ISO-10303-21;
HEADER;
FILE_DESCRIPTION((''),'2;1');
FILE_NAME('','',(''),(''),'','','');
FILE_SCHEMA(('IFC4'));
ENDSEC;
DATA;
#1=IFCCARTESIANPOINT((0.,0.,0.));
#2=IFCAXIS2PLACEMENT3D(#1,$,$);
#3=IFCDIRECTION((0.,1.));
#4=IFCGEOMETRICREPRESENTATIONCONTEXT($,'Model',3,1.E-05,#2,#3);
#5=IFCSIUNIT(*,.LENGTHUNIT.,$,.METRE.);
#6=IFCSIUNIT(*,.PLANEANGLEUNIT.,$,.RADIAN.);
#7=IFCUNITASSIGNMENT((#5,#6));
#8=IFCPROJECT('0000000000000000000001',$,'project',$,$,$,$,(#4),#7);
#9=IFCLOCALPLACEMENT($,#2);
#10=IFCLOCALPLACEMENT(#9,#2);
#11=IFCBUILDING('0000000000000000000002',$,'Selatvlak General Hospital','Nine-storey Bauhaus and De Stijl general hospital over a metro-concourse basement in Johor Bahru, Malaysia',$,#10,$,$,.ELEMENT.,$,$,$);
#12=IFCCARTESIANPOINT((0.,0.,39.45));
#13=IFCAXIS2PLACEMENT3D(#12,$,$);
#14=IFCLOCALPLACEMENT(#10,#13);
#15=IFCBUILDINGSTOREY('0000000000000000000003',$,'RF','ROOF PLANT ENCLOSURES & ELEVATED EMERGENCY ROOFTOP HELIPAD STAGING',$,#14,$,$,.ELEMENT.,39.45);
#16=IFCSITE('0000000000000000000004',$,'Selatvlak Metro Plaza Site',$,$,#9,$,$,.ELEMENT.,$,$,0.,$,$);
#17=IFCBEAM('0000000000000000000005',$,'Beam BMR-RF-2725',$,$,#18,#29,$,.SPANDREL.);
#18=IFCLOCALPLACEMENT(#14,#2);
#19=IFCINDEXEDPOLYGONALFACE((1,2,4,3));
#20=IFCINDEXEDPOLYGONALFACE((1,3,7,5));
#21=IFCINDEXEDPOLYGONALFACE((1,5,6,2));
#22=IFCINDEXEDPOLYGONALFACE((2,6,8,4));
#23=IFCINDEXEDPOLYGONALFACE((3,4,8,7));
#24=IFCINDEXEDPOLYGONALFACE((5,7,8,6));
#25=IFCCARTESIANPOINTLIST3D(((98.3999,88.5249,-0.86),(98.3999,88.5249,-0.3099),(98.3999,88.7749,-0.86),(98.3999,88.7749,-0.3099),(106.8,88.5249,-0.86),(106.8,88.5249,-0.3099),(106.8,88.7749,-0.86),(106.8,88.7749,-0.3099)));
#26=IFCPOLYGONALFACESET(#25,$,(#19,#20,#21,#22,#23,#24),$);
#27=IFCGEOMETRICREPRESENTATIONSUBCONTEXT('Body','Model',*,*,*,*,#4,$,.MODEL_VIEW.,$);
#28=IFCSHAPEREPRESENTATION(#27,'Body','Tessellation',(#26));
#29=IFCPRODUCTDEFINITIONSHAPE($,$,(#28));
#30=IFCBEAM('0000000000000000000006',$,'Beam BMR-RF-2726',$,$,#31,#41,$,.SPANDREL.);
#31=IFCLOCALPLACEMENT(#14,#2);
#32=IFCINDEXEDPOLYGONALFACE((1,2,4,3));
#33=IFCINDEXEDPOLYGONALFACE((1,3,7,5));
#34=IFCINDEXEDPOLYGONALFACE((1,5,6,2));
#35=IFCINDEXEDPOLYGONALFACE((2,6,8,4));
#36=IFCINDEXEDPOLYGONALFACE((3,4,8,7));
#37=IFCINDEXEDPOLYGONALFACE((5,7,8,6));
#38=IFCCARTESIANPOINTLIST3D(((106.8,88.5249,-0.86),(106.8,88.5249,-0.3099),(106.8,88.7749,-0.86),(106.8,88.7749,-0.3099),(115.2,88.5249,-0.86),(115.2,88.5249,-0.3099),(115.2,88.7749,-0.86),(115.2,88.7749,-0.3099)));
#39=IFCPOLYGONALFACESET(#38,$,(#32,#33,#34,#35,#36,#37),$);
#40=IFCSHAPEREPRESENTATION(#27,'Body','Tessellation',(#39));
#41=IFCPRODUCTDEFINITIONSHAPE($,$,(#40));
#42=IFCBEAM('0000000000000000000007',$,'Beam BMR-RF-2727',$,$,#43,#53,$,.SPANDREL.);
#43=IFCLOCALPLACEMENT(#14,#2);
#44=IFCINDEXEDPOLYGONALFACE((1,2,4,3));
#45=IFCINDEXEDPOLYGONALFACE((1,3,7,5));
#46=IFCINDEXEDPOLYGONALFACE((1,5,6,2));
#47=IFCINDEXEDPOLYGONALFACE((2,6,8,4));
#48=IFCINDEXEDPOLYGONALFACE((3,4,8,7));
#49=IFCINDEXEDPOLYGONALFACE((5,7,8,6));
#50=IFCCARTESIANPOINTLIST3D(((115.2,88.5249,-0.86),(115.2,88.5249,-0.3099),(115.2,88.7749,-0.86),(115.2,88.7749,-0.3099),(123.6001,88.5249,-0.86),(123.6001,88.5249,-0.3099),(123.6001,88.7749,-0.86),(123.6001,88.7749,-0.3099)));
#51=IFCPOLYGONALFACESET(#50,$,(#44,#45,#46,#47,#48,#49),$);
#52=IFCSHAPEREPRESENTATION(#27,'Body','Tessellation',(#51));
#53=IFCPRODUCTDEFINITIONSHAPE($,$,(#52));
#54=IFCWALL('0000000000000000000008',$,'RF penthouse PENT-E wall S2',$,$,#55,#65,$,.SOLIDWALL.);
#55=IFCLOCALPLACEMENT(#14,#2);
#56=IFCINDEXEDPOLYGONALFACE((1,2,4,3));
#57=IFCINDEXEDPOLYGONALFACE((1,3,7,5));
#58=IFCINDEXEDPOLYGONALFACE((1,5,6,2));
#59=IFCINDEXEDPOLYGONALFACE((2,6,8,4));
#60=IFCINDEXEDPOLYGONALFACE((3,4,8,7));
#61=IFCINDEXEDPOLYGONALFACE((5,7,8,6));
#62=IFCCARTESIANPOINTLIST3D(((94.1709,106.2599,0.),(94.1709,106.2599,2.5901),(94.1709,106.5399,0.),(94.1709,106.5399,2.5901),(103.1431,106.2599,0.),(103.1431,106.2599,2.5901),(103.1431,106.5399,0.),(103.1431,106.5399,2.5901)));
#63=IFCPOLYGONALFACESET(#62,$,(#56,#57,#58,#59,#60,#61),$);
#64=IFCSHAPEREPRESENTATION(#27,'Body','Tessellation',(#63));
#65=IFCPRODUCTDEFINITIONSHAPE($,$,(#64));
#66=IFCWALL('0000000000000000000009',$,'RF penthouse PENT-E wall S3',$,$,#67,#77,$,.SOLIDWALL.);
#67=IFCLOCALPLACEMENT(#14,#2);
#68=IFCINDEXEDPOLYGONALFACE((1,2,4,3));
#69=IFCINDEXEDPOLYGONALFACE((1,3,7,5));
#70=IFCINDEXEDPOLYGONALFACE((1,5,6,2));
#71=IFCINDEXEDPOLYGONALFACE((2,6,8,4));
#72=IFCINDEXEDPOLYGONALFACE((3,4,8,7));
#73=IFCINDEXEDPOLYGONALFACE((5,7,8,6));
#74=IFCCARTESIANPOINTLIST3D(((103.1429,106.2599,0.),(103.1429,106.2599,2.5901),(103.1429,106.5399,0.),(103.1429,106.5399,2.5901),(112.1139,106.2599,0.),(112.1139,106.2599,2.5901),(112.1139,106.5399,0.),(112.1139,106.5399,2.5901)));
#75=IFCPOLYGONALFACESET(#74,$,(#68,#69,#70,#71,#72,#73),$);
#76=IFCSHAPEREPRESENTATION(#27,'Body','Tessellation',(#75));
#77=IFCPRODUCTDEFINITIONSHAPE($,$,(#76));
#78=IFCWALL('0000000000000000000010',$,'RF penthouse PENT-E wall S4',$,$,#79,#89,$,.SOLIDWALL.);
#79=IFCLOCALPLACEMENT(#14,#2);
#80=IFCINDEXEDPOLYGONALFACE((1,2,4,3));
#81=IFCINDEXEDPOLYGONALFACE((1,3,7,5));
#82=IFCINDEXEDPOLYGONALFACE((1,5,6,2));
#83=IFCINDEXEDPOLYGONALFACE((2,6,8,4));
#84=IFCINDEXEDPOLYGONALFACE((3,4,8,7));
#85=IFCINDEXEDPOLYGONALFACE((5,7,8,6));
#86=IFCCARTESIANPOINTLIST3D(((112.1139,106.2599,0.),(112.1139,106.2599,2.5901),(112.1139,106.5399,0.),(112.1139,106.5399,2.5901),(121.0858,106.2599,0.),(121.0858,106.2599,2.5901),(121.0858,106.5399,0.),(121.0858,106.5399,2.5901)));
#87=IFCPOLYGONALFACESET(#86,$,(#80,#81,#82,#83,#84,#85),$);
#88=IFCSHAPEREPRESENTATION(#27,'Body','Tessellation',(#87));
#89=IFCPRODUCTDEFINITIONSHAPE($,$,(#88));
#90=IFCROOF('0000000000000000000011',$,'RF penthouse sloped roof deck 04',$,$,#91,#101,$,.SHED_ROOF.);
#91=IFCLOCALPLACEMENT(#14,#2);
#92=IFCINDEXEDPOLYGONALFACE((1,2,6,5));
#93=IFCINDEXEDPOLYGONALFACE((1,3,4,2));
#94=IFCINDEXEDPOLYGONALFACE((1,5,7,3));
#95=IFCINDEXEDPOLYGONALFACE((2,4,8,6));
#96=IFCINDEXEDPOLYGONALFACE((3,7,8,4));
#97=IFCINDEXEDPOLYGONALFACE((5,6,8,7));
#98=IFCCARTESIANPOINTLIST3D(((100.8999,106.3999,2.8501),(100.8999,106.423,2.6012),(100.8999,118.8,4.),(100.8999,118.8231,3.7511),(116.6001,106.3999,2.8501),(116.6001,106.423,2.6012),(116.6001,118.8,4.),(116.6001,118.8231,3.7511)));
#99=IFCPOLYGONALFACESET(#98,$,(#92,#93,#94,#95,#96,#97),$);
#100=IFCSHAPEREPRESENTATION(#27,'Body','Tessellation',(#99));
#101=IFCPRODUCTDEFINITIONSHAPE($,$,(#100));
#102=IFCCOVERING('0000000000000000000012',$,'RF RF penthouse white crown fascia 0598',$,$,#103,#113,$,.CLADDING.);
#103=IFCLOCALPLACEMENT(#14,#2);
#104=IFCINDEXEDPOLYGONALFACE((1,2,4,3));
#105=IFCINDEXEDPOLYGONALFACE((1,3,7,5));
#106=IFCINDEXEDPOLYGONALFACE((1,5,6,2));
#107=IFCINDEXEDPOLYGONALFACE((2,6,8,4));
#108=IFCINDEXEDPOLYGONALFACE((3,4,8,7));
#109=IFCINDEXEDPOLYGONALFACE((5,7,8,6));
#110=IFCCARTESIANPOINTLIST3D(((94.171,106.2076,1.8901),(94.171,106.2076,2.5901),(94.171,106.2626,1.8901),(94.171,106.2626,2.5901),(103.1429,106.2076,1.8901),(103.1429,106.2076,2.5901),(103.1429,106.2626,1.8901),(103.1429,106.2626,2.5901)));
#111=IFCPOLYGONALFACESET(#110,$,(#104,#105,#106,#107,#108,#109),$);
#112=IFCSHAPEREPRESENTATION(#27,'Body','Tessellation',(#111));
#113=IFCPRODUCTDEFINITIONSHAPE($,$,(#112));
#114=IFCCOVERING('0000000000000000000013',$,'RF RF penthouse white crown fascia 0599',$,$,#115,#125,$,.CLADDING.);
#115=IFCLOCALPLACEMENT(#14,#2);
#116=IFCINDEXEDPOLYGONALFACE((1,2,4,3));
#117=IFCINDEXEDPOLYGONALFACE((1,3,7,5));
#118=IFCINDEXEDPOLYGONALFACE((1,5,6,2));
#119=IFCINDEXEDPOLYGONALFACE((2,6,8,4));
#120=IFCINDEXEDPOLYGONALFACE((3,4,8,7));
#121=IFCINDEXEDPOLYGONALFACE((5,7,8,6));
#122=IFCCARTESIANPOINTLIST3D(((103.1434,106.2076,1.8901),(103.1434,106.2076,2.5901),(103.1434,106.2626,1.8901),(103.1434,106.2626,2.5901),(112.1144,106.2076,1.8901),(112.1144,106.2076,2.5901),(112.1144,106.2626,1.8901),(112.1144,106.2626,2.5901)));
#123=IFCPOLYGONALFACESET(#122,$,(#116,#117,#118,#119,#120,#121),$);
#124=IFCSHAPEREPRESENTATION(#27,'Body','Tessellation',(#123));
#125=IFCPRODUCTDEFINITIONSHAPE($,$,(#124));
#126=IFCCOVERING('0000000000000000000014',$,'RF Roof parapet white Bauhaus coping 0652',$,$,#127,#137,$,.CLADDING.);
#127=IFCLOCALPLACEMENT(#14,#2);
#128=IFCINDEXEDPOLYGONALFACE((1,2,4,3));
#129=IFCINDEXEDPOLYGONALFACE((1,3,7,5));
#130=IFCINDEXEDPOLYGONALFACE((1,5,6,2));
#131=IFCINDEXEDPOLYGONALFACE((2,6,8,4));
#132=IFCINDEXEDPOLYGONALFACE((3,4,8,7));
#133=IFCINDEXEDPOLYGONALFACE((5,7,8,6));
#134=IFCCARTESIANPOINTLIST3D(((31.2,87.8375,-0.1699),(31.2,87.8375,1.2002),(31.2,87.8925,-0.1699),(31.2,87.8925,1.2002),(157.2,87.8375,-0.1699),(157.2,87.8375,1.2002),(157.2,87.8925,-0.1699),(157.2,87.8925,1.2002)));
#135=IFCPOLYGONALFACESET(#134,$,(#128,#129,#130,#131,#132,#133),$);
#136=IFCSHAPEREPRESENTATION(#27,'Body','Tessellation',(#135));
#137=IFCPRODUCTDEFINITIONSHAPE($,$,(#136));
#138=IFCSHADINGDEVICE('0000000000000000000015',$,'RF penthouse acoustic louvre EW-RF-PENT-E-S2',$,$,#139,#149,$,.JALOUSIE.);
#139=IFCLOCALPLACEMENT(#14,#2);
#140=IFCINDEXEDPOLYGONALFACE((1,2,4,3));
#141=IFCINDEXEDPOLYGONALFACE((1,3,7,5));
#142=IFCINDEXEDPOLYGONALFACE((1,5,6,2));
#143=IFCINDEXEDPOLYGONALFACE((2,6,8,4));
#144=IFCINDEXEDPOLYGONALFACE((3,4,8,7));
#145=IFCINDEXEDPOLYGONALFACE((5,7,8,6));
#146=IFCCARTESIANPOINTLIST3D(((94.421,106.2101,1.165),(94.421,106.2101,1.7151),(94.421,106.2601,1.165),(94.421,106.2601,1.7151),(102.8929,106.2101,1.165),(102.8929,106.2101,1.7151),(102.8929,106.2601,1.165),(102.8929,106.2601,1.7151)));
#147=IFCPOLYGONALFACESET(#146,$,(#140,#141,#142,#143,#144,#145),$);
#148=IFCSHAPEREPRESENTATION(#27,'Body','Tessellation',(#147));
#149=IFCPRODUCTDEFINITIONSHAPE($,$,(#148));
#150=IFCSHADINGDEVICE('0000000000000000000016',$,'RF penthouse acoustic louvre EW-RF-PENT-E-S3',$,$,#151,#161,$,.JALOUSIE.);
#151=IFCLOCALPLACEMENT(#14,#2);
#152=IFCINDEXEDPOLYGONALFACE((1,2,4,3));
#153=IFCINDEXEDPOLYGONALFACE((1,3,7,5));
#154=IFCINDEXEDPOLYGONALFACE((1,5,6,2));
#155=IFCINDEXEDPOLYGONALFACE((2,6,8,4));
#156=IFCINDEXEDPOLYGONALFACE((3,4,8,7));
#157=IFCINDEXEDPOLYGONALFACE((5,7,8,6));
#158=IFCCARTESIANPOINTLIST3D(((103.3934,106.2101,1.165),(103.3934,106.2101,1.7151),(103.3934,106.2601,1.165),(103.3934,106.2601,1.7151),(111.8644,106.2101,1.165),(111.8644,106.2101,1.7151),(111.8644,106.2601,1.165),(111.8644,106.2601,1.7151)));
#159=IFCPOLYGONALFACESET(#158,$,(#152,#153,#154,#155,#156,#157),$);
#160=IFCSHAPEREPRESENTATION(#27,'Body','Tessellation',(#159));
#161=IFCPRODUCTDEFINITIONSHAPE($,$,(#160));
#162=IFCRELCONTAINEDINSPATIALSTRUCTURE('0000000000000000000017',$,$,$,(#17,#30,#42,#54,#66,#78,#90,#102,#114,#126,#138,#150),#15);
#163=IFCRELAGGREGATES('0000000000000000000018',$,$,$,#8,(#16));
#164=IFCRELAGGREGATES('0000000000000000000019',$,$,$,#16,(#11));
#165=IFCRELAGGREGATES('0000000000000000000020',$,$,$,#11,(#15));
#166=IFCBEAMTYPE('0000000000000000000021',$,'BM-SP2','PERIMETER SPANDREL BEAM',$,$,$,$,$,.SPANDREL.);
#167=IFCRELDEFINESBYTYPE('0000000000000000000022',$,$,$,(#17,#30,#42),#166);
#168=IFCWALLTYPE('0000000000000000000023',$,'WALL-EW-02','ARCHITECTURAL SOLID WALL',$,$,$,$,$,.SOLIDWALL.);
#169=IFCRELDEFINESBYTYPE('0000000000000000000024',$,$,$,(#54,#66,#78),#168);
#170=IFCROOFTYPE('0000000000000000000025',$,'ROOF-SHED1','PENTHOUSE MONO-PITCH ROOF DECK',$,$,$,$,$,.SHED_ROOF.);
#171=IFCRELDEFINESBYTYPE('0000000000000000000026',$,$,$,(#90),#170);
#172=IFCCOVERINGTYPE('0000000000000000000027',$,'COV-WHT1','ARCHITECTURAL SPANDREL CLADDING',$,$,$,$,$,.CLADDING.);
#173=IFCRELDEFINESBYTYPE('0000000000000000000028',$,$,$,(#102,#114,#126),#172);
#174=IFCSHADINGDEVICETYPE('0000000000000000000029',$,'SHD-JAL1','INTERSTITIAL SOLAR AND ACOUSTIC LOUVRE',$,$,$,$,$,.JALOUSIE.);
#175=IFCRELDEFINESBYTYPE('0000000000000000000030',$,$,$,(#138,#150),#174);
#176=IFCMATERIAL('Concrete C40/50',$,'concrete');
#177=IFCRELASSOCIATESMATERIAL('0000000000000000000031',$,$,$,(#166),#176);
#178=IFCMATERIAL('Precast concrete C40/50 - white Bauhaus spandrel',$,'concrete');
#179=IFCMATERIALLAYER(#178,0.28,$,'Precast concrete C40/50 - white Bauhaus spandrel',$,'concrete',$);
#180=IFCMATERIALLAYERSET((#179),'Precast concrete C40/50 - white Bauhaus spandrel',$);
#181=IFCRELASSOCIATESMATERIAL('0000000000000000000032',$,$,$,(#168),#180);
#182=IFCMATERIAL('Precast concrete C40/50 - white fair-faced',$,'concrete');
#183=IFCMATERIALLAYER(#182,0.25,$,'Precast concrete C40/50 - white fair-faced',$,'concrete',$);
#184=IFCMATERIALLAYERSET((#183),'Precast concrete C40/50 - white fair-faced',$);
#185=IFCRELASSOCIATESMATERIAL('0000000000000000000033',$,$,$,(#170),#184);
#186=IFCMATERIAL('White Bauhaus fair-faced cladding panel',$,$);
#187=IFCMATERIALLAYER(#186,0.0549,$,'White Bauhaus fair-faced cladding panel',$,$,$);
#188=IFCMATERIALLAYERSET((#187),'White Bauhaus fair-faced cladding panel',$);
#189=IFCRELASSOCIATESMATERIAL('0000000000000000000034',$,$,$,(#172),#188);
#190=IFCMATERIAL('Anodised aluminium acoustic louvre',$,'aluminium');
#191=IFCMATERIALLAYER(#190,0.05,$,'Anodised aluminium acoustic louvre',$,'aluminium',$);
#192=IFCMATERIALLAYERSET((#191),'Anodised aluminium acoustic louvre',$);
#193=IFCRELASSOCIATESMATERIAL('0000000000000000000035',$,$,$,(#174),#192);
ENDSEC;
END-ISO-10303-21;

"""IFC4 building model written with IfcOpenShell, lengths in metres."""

from ifc_helpers import new_model, si_unit, direction, frame, frame_2d, origin, origin_2d, place, context, subcontext, project, spatial, polyline, rectangle, outline, extrude, material, layer, layer_set, material_profile, profile_set, type_object, element, save


model = new_model("IFC4")

# Units and contexts
model_context = context("Model", 3, precision=1e-05, world=origin(), true_north=direction((0.0, 1.0)))
body_context = subcontext(model_context, "Body", "Model", "MODEL_VIEW")
ifc_project = project(units=[si_unit("LENGTHUNIT", "METRE"), si_unit("PLANEANGLEUNIT", "RADIAN")], contexts=[model_context])

# Site, building, storey
site_placement = place(None, origin())
site = spatial("IfcSite", under=ifc_project, at=site_placement, Name="Selatvlak Metro Plaza Site", CompositionType="ELEMENT", RefElevation=0.0)
building_placement = place(site_placement, origin())
building = spatial("IfcBuilding", under=site, at=building_placement, Name="Selatvlak General Hospital", Description="Nine-storey Bauhaus and De Stijl general hospital over a metro-concourse basement in Johor Bahru, Malaysia", CompositionType="ELEMENT")
storey_placement = place(building_placement, frame((0.0, 0.0, 39.45)))
storey = spatial("IfcBuildingStorey", under=building, at=storey_placement, Name="RF", Description="ROOF PLANT ENCLOSURES & ELEVATED EMERGENCY ROOFTOP HELIPAD STAGING", CompositionType="ELEMENT", Elevation=39.45)

# Beams
ifc_material_1 = material(Name="Concrete C40/50", Category="concrete")
ifc_material_profile_1 = material_profile(ifc_material_1, rectangle(XDim=0.25, YDim=0.55, at=origin_2d()), Name="RC-SP 250x550")
ifc_profile_set_1 = profile_set([ifc_material_profile_1], Name="Concrete C40/50")
beam_type_1 = type_object("IfcBeamType", Name="BM-SP2", Description="PERIMETER SPANDREL BEAM", PredefinedType="SPANDREL", material=ifc_profile_set_1)
beam_1_placement = place(storey_placement, frame((98.3999, 88.6499, -0.585), z_axis=(1.0, 0.0, 0.0), x_axis=(0.0, 1.0, 0.0)))
element("IfcBeam", 1, at=beam_1_placement, inside=storey, type_object=beam_type_1, Name="Beam BMR-RF-2725", PredefinedType="SPANDREL", context=body_context, shape_type="SweptSolid", body=[
    extrude(rectangle(XDim=0.25, YDim=0.55, at=origin_2d()), origin(), (0.0, 0.0, 1.0), 8.4001),
])
beam_2_placement = place(storey_placement, frame((106.8, 88.6499, -0.585), z_axis=(1.0, 0.0, 0.0), x_axis=(0.0, 1.0, 0.0)))
element("IfcBeam", 2, at=beam_2_placement, inside=storey, type_object=beam_type_1, Name="Beam BMR-RF-2726", PredefinedType="SPANDREL", context=body_context, shape_type="SweptSolid", body=[
    extrude(rectangle(XDim=0.25, YDim=0.55, at=origin_2d()), origin(), (0.0, 0.0, 1.0), 8.3999),
])
beam_3_placement = place(storey_placement, frame((115.2, 88.6499, -0.585), z_axis=(1.0, 0.0, 0.0), x_axis=(0.0, 1.0, 0.0)))
element("IfcBeam", 3, at=beam_3_placement, inside=storey, type_object=beam_type_1, Name="Beam BMR-RF-2727", PredefinedType="SPANDREL", context=body_context, shape_type="SweptSolid", body=[
    extrude(rectangle(XDim=0.25, YDim=0.55, at=origin_2d()), origin(), (0.0, 0.0, 1.0), 8.4001),
])

# Walls
ifc_material_2 = material(Name="Precast concrete C40/50 - white Bauhaus spandrel", Category="concrete")
ifc_layer_1 = layer(ifc_material_2, 0.28, Name="Precast concrete C40/50 - white Bauhaus spandrel", Category="concrete")
ifc_layer_set_1 = layer_set([ifc_layer_1], Name="Precast concrete C40/50 - white Bauhaus spandrel")
wall_type = type_object("IfcWallType", Name="WALL-EW-02", Description="ARCHITECTURAL SOLID WALL", PredefinedType="SOLIDWALL", material=ifc_layer_set_1)
wall_1_placement = place(storey_placement, frame((94.1709, 106.3999, 0.0), z_axis=(0.0, 0.0, 1.0), x_axis=(1.0, 0.0, 0.0)))
element("IfcWall", 4, at=wall_1_placement, inside=storey, type_object=wall_type, Name="RF penthouse PENT-E wall S2", PredefinedType="SOLIDWALL", context=body_context, shape_type="SweptSolid", body=[
    extrude(rectangle(XDim=8.9722, YDim=0.28, at=frame_2d((4.4861, 0.0))), origin(), (0.0, 0.0, 1.0), 2.5901),
])
wall_2_placement = place(storey_placement, frame((103.1431, 106.3999, 0.0), z_axis=(0.0, 0.0, 1.0), x_axis=(1.0, 0.0, 0.0)))
element("IfcWall", 5, at=wall_2_placement, inside=storey, type_object=wall_type, Name="RF penthouse PENT-E wall S3", PredefinedType="SOLIDWALL", context=body_context, shape_type="SweptSolid", body=[
    extrude(rectangle(XDim=8.9709, YDim=0.28, at=frame_2d((4.4854, 0.0))), origin(), (0.0, 0.0, 1.0), 2.5901),
])
wall_3_placement = place(storey_placement, frame((112.114, 106.3999, 0.0), z_axis=(0.0, 0.0, 1.0), x_axis=(1.0, 0.0, 0.0)))
element("IfcWall", 6, at=wall_3_placement, inside=storey, type_object=wall_type, Name="RF penthouse PENT-E wall S4", PredefinedType="SOLIDWALL", context=body_context, shape_type="SweptSolid", body=[
    extrude(rectangle(XDim=8.9719, YDim=0.28, at=frame_2d((4.4858, 0.0))), origin(), (0.0, 0.0, 1.0), 2.5901),
])

# Roof
ifc_material_3 = material(Name="Precast concrete C40/50 - white fair-faced", Category="concrete")
ifc_layer_2 = layer(ifc_material_3, 0.25, Name="Precast concrete C40/50 - white fair-faced", Category="concrete")
ifc_layer_set_2 = layer_set([ifc_layer_2], Name="Precast concrete C40/50 - white fair-faced")
roof_type = type_object("IfcRoofType", Name="ROOF-SHED1", Description="PENTHOUSE MONO-PITCH ROOF DECK", PredefinedType="SHED_ROOF", material=ifc_layer_set_2)
roof_placement = place(storey_placement, frame((100.8999, 106.3999, 2.8501), z_axis=(0.0, -0.092337, 0.995728), x_axis=(1.0, 0.0, 0.0)))
element("IfcRoof", 7, at=roof_placement, inside=storey, type_object=roof_type, Name="RF penthouse sloped roof deck 04", PredefinedType="SHED_ROOF", context=body_context, shape_type="SweptSolid", body=[
    extrude(outline(polyline([(0.0, 0.0), (15.7002, 0.0), (15.7002, 12.4533), (0.0, 12.4533), (0.0, 0.0)])), origin(), (0.0, 0.0, -1.0), 0.25),
])

# Coverings
ifc_material_4 = material(Name="White Bauhaus fair-faced cladding panel")
ifc_layer_3 = layer(ifc_material_4, 0.0549, Name="White Bauhaus fair-faced cladding panel")
ifc_layer_set_3 = layer_set([ifc_layer_3], Name="White Bauhaus fair-faced cladding panel")
covering_type = type_object("IfcCoveringType", Name="COV-WHT1", Description="ARCHITECTURAL SPANDREL CLADDING", PredefinedType="CLADDING", material=ifc_layer_set_3)
covering_1_placement = place(storey_placement, frame((98.657, 106.2351, 1.8901), z_axis=(0.0, 0.0, 1.0), x_axis=(1.0, 0.0, 0.0)))
element("IfcCovering", 8, at=covering_1_placement, inside=storey, type_object=covering_type, Name="RF RF penthouse white crown fascia 0598", PredefinedType="CLADDING", context=body_context, shape_type="SweptSolid", body=[
    extrude(rectangle(XDim=8.9719, YDim=0.0549, at=origin_2d()), origin(), (0.0, 0.0, 1.0), 0.7),
])
covering_2_placement = place(storey_placement, frame((107.6289, 106.2351, 1.8901), z_axis=(0.0, 0.0, 1.0), x_axis=(1.0, 0.0, 0.0)))
element("IfcCovering", 9, at=covering_2_placement, inside=storey, type_object=covering_type, Name="RF RF penthouse white crown fascia 0599", PredefinedType="CLADDING", context=body_context, shape_type="SweptSolid", body=[
    extrude(rectangle(XDim=8.9709, YDim=0.0549, at=origin_2d()), origin(), (0.0, 0.0, 1.0), 0.7),
])
covering_3_placement = place(storey_placement, frame((94.2, 87.865, -0.1699), z_axis=(0.0, 0.0, 1.0), x_axis=(-1.0, 0.0, 0.0)))
element("IfcCovering", 10, at=covering_3_placement, inside=storey, type_object=covering_type, Name="RF Roof parapet white Bauhaus coping 0652", PredefinedType="CLADDING", context=body_context, shape_type="SweptSolid", body=[
    extrude(rectangle(XDim=126.0, YDim=0.0549, at=origin_2d()), origin(), (0.0, 0.0, 1.0), 1.3701),
])

# Shading devices
ifc_material_5 = material(Name="Anodised aluminium acoustic louvre", Category="aluminium")
ifc_layer_4 = layer(ifc_material_5, 0.05, Name="Anodised aluminium acoustic louvre", Category="aluminium")
ifc_layer_set_4 = layer_set([ifc_layer_4], Name="Anodised aluminium acoustic louvre")
shading_device_type = type_object("IfcShadingDeviceType", Name="SHD-JAL1", Description="INTERSTITIAL SOLAR AND ACOUSTIC LOUVRE", PredefinedType="JALOUSIE", material=ifc_layer_set_4)
shading_device_1_placement = place(storey_placement, frame((98.657, 106.2351, 1.165), z_axis=(0.0, 0.0, 1.0), x_axis=(1.0, 0.0, 0.0)))
element("IfcShadingDevice", 11, at=shading_device_1_placement, inside=storey, type_object=shading_device_type, Name="RF penthouse acoustic louvre EW-RF-PENT-E-S2", PredefinedType="JALOUSIE", context=body_context, shape_type="SweptSolid", body=[
    extrude(rectangle(XDim=8.4719, YDim=0.05, at=origin_2d()), origin(), (0.0, 0.0, 1.0), 0.55),
])
shading_device_2_placement = place(storey_placement, frame((107.6289, 106.2351, 1.165), z_axis=(0.0, 0.0, 1.0), x_axis=(1.0, 0.0, 0.0)))
element("IfcShadingDevice", 12, at=shading_device_2_placement, inside=storey, type_object=shading_device_type, Name="RF penthouse acoustic louvre EW-RF-PENT-E-S3", PredefinedType="JALOUSIE", context=body_context, shape_type="SweptSolid", body=[
    extrude(rectangle(XDim=8.4709, YDim=0.05, at=origin_2d()), origin(), (0.0, 0.0, 1.0), 0.55),
])

save(model, "model.ifc")
